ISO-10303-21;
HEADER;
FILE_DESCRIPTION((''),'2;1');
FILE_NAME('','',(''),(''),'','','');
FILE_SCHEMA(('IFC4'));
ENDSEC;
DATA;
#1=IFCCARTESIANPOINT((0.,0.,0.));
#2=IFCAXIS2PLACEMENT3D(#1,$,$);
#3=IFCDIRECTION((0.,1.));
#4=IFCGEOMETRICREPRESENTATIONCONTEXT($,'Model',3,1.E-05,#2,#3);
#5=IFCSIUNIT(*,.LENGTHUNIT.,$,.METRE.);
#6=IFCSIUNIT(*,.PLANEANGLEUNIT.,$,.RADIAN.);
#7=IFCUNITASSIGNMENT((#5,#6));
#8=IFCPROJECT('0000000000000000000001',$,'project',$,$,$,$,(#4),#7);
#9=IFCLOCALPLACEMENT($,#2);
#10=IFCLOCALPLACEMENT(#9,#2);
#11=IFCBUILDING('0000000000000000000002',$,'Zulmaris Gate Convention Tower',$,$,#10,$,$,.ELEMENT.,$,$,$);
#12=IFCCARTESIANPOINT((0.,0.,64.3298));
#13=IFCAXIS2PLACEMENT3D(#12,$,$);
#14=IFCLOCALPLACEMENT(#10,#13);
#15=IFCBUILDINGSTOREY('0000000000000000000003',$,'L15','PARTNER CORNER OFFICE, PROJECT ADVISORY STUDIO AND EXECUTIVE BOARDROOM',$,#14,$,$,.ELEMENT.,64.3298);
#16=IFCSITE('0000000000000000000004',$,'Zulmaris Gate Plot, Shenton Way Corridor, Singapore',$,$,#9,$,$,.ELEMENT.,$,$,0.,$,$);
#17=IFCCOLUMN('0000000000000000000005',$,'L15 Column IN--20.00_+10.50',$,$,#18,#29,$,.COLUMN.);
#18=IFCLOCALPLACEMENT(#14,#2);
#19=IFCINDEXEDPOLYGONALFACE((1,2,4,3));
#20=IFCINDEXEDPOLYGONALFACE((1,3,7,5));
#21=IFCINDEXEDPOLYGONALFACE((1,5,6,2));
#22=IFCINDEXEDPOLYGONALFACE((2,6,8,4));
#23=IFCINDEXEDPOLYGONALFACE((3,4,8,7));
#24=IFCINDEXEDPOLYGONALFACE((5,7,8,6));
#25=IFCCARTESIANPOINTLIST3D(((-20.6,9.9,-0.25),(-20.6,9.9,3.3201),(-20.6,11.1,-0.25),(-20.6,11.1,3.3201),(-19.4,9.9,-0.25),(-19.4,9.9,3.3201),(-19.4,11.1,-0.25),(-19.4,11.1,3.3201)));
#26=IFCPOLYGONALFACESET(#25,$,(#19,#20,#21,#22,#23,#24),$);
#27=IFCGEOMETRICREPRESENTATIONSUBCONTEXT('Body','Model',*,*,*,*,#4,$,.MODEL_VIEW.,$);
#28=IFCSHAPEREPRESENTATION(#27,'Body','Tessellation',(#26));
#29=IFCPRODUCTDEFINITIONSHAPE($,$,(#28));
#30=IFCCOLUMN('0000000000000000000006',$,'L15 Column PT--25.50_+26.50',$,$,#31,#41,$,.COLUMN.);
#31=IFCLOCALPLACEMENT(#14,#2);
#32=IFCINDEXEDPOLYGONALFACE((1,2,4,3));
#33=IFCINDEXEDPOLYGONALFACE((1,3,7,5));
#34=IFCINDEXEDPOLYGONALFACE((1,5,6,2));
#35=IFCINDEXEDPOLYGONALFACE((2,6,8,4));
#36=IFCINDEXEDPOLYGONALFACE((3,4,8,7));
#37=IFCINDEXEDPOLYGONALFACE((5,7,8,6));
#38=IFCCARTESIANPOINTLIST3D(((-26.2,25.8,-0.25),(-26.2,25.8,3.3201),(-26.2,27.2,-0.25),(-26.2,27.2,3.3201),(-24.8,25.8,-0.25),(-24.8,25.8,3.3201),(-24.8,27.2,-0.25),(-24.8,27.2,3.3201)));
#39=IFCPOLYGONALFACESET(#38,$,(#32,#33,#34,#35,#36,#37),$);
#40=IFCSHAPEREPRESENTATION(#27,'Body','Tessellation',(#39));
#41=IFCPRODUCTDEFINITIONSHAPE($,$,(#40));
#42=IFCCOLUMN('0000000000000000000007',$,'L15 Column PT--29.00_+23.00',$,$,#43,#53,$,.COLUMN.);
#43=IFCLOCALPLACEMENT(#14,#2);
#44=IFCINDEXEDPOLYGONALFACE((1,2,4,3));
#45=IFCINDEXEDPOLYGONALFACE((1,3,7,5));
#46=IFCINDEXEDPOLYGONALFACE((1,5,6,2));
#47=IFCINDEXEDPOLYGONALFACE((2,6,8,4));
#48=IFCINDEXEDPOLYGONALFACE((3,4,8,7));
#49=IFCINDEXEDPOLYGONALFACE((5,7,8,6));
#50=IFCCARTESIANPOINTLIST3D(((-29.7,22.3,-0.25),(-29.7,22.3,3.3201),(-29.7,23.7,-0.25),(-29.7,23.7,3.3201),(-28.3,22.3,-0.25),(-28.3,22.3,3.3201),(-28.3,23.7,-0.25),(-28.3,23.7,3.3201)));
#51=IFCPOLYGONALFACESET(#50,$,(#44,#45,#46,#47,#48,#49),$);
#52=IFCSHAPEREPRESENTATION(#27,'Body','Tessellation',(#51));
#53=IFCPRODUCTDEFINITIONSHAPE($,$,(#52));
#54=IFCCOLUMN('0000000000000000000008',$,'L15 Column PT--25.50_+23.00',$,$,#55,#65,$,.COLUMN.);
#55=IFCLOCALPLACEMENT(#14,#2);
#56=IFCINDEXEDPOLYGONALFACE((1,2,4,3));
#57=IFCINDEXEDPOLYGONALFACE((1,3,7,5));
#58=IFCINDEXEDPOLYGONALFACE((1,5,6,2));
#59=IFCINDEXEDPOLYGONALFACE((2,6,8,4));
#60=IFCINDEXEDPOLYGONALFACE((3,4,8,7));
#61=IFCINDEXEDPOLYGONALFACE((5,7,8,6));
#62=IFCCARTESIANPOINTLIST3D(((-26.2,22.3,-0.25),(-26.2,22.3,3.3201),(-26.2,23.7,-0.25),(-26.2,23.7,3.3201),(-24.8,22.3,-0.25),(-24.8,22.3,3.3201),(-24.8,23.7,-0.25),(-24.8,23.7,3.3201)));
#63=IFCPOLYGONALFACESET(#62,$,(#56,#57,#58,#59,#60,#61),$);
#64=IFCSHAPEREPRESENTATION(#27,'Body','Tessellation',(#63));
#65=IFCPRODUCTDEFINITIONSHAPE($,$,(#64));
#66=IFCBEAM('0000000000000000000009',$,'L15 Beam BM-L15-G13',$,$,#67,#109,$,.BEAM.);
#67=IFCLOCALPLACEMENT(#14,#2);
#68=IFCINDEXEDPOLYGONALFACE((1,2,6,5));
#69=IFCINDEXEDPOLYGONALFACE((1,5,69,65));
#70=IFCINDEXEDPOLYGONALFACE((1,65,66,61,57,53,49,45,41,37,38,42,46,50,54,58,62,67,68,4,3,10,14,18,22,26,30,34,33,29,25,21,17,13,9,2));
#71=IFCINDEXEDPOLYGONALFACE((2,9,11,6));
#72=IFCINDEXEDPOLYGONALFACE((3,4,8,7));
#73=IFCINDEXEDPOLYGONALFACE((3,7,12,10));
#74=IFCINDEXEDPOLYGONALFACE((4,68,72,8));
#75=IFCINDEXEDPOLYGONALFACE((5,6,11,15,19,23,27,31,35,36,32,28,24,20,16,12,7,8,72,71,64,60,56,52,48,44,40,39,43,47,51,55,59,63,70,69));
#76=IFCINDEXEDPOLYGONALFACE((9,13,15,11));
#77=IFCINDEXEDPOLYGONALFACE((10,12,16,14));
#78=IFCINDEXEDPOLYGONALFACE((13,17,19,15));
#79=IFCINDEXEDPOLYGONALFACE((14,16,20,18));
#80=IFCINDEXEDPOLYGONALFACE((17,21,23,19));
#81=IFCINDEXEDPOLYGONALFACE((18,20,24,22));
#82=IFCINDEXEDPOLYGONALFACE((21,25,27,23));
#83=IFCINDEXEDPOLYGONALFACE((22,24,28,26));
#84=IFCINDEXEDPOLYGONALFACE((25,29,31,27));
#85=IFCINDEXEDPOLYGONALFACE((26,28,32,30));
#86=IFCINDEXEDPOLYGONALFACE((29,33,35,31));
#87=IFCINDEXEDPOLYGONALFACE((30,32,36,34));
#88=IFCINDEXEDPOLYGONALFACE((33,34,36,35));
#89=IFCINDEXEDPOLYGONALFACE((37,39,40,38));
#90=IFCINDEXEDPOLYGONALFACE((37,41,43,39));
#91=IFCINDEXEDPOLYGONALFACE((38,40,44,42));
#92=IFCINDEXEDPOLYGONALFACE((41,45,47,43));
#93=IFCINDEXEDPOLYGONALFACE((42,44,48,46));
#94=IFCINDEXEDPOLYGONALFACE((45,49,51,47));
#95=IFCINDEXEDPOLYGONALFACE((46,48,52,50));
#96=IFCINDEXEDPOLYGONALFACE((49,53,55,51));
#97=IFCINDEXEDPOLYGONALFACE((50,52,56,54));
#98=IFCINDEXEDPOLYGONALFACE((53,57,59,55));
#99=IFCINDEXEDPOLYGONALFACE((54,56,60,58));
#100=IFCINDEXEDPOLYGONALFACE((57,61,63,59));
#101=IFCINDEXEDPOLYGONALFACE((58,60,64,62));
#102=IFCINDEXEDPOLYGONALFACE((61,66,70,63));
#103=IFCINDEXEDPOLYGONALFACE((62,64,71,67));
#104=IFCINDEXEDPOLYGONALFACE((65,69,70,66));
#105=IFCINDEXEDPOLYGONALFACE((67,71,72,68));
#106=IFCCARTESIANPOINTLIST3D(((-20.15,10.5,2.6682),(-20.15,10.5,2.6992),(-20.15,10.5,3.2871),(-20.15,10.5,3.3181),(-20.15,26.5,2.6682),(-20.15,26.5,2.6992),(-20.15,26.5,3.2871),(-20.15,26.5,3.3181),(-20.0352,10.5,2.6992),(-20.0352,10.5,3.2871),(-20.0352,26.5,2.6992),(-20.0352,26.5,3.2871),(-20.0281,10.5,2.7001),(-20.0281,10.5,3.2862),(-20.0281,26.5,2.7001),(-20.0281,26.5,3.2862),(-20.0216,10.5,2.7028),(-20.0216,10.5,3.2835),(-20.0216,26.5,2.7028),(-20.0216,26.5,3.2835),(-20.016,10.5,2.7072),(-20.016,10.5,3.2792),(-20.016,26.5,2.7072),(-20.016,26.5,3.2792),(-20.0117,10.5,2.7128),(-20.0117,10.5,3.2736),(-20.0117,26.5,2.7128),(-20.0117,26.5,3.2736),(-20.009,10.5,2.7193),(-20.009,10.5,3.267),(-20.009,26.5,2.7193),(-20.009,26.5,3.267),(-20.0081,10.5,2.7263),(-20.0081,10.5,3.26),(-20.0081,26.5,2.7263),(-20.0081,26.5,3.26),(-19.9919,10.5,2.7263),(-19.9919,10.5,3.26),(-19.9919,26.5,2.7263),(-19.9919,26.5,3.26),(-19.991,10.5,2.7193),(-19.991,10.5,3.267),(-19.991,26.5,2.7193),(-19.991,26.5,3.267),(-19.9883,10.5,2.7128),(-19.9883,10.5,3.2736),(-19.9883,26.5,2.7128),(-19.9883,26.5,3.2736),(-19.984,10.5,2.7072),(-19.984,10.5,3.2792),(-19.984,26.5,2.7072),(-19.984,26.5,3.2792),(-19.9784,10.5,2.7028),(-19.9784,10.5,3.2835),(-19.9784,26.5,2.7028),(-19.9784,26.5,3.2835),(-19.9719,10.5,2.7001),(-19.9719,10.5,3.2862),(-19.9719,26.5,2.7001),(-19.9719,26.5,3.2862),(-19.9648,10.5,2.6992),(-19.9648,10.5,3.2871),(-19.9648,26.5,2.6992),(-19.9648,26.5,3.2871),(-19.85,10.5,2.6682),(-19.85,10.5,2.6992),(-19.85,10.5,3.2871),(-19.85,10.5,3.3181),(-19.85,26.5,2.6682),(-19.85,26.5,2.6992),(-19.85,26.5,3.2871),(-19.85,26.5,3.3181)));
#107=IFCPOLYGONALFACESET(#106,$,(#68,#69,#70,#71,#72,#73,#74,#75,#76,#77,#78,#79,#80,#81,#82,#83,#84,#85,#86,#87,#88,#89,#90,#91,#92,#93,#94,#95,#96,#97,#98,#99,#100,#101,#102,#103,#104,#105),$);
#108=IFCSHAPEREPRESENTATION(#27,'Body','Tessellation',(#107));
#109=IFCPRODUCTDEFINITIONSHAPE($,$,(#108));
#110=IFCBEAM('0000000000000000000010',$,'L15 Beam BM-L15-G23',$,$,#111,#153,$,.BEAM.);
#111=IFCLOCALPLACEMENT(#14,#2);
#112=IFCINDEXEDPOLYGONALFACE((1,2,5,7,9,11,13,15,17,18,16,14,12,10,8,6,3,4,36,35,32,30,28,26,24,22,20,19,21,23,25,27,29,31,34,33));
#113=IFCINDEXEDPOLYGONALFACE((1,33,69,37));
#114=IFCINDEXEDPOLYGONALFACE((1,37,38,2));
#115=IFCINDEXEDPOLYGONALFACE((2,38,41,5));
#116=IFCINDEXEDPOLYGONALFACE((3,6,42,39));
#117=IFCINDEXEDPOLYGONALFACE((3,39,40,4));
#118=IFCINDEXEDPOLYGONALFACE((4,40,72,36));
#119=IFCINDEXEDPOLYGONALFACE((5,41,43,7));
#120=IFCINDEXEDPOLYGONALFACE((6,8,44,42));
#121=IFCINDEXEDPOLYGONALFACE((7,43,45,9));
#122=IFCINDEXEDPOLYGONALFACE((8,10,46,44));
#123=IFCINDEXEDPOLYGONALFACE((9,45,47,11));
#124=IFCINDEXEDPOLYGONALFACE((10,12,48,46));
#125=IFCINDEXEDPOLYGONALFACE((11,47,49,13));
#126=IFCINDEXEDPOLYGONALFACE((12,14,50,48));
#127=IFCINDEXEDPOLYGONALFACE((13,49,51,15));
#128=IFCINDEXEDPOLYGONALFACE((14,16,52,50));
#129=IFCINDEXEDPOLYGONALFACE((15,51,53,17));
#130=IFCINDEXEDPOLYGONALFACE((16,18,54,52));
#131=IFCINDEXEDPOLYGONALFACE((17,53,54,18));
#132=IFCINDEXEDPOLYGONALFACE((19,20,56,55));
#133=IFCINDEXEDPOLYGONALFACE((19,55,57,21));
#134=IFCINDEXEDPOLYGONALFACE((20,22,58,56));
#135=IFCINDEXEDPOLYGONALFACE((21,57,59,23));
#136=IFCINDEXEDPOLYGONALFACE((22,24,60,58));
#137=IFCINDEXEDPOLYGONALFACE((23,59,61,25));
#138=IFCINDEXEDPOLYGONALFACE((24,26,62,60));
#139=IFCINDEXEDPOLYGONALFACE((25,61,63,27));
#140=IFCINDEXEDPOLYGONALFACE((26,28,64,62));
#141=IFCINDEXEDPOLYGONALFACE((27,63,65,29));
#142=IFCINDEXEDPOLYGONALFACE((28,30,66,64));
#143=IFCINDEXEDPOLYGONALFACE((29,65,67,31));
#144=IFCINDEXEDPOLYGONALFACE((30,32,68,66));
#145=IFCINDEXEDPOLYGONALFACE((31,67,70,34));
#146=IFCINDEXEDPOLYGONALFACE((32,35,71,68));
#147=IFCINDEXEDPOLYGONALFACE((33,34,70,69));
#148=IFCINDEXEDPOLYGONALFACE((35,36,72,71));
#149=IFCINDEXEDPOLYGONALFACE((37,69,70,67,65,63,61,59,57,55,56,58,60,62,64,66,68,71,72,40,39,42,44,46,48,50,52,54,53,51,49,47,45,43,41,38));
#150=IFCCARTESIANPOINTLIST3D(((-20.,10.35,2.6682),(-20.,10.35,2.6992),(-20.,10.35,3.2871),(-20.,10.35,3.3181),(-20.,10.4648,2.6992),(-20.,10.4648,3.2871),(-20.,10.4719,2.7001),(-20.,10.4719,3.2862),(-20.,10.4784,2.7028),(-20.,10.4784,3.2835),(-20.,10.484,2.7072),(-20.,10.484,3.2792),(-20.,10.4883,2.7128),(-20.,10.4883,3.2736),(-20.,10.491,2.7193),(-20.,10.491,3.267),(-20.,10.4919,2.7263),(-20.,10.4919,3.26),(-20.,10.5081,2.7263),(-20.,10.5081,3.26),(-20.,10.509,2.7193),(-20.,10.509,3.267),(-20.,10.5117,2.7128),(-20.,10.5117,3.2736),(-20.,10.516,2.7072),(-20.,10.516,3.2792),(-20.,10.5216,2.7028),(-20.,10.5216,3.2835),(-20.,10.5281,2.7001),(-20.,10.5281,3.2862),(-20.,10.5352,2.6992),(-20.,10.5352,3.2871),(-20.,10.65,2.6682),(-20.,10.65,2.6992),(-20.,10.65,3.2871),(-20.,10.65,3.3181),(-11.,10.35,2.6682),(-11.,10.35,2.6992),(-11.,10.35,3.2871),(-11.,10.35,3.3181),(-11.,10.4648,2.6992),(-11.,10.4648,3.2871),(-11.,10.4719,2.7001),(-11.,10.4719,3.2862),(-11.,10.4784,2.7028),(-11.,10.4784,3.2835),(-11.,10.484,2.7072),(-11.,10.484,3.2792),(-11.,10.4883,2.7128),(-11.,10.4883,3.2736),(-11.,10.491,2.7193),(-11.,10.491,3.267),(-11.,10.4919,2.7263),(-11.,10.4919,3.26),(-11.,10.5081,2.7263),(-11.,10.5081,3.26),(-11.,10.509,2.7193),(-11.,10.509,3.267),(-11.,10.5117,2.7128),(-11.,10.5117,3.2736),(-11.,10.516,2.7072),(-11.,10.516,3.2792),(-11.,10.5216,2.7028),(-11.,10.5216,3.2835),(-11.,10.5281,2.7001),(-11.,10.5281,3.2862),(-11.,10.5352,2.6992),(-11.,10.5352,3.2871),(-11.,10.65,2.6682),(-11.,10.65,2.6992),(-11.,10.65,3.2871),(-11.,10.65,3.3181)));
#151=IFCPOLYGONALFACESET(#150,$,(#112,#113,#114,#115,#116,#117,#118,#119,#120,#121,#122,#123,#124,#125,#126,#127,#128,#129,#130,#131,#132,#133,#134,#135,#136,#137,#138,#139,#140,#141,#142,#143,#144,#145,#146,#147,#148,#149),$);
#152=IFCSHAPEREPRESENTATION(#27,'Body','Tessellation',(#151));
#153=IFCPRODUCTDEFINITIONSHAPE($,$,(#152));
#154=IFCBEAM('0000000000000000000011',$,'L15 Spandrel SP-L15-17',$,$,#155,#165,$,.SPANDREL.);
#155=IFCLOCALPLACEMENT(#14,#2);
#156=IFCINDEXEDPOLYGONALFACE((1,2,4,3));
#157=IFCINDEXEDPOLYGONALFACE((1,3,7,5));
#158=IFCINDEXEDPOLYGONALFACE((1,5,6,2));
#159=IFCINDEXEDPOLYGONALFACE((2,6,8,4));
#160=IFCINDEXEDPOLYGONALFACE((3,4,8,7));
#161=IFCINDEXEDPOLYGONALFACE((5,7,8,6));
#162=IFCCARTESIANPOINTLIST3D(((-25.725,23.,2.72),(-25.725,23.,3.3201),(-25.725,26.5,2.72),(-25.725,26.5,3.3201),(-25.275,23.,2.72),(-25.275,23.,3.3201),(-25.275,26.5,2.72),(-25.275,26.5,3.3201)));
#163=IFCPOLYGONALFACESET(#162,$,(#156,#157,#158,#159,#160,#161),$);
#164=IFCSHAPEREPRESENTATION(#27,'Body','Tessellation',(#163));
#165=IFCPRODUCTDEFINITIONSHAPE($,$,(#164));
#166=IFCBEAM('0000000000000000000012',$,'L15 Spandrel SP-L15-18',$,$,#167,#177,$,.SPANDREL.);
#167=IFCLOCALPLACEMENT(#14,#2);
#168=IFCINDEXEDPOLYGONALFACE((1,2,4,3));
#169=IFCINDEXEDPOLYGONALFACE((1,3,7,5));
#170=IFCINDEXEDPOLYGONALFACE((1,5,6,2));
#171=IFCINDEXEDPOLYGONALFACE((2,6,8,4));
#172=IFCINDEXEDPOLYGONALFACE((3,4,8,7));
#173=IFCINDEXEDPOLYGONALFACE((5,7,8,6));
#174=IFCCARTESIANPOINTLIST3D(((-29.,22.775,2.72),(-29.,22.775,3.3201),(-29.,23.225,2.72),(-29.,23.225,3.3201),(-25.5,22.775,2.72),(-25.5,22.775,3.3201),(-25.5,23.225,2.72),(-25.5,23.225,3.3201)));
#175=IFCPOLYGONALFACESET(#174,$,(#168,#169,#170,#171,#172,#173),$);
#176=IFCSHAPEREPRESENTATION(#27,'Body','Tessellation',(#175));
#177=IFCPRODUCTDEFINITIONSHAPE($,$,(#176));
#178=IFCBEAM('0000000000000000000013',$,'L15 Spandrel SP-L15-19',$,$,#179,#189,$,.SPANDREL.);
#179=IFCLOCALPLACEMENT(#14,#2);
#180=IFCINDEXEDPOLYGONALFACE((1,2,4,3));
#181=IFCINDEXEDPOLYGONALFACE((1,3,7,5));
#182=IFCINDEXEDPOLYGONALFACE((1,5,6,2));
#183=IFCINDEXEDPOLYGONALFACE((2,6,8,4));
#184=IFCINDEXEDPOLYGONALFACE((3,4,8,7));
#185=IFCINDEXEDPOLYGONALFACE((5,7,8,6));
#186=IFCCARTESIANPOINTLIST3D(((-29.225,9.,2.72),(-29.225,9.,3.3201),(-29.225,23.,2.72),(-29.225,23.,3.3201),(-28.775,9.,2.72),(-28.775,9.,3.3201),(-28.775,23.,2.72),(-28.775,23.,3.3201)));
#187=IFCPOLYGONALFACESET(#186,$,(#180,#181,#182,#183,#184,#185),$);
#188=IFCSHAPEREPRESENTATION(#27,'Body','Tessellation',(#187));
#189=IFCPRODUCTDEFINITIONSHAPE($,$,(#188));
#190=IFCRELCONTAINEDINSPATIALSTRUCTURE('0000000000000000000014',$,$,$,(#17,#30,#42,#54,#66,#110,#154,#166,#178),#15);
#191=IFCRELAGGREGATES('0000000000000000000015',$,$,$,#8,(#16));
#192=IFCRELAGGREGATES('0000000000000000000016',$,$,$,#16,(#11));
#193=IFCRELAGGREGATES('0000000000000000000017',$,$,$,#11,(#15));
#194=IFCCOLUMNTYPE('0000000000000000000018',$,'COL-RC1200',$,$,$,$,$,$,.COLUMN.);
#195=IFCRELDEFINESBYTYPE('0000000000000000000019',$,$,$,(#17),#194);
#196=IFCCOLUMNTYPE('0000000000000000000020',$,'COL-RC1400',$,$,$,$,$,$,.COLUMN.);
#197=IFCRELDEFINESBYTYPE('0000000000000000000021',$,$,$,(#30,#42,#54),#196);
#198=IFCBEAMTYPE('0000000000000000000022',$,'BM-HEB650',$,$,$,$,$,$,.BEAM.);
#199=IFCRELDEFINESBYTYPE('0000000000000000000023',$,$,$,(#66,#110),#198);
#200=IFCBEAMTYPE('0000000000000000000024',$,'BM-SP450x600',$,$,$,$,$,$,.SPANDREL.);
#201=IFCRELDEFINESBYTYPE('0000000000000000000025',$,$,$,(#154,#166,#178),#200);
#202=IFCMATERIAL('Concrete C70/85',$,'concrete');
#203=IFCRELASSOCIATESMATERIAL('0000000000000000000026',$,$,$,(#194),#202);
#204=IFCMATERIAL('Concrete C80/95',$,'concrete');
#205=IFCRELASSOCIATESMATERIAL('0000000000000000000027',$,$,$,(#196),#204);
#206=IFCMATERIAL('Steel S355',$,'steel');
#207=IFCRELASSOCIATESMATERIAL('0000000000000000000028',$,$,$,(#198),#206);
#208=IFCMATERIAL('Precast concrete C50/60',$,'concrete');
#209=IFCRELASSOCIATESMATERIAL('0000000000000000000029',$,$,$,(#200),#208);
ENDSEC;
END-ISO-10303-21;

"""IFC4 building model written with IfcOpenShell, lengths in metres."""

from ifc_helpers import new_model, si_unit, direction, frame, origin, origin_2d, place, context, subcontext, project, spatial, rectangle, i_section, extrude, material, material_profile, profile_set, type_object, element, save


model = new_model("IFC4")

# Units and contexts
model_context = context("Model", 3, precision=1e-05, world=origin(), true_north=direction((0.0, 1.0)))
body_context = subcontext(model_context, "Body", "Model", "MODEL_VIEW")
ifc_project = project(units=[si_unit("LENGTHUNIT", "METRE"), si_unit("PLANEANGLEUNIT", "RADIAN")], contexts=[model_context])

# Site, building, storey
site_placement = place(None, origin())
site = spatial("IfcSite", under=ifc_project, at=site_placement, Name="Zulmaris Gate Plot, Shenton Way Corridor, Singapore", CompositionType="ELEMENT", RefElevation=0.0)
building_placement = place(site_placement, origin())
building = spatial("IfcBuilding", under=site, at=building_placement, Name="Zulmaris Gate Convention Tower", CompositionType="ELEMENT")
storey_placement = place(building_placement, frame((0.0, 0.0, 64.3298)))
storey = spatial("IfcBuildingStorey", under=building, at=storey_placement, Name="L15", Description="PARTNER CORNER OFFICE, PROJECT ADVISORY STUDIO AND EXECUTIVE BOARDROOM", CompositionType="ELEMENT", Elevation=64.3298)

# Columns
ifc_material_1 = material(Name="Concrete C70/85", Category="concrete")
ifc_material_profile_1 = material_profile(ifc_material_1, rectangle(XDim=1.2, YDim=1.2, at=origin_2d()), Name="RC COL 1200x1200")
ifc_profile_set_1 = profile_set([ifc_material_profile_1], Name="Concrete C70/85")
column_type_1 = type_object("IfcColumnType", Name="COL-RC1200", PredefinedType="COLUMN", material=ifc_profile_set_1)
column_placement = place(storey_placement, frame((-20.0, 10.5, -0.25), z_axis=(0.0, 0.0, 1.0), x_axis=(1.0, 0.0, 0.0)))
element("IfcColumn", 1, at=column_placement, inside=storey, type_object=column_type_1, Name="L15 Column IN--20.00_+10.50", PredefinedType="COLUMN", context=body_context, shape_type="SweptSolid", body=[
    extrude(rectangle(XDim=1.2, YDim=1.2, at=origin_2d()), origin(), (0.0, 0.0, 1.0), 3.5701),
])
ifc_material_2 = material(Name="Concrete C80/95", Category="concrete")
ifc_material_profile_2 = material_profile(ifc_material_2, rectangle(XDim=1.3999, YDim=1.3999, at=origin_2d()), Name="RC COL 1400x1400")
ifc_profile_set_2 = profile_set([ifc_material_profile_2], Name="Concrete C80/95")
column_type_2 = type_object("IfcColumnType", Name="COL-RC1400", PredefinedType="COLUMN", material=ifc_profile_set_2)
for number, where, z_axis, x_axis, name in (
    (2, (-25.5, 26.5, -0.25), (0.0, 0.0, 1.0), (1.0, 0.0, 0.0), "L15 Column PT--25.50_+26.50"),
    (3, (-29.0, 23.0, -0.25), (0.0, 0.0, 1.0), (1.0, 0.0, 0.0), "L15 Column PT--29.00_+23.00"),
    (4, (-25.5, 23.0, -0.25), (0.0, 0.0, 1.0), (1.0, 0.0, 0.0), "L15 Column PT--25.50_+23.00"),
):
    element("IfcColumn", number, at=place(storey_placement, frame(where, z_axis=z_axis, x_axis=x_axis)), inside=storey, type_object=column_type_2, Name=name, PredefinedType="COLUMN", context=body_context, shape_type="SweptSolid", body=[
        extrude(rectangle(XDim=1.3999, YDim=1.3999, at=origin_2d()), origin(), (0.0, 0.0, 1.0), 3.5701),
    ])

# Beams
ifc_material_3 = material(Name="Steel S355", Category="steel")
ifc_material_profile_3 = material_profile(ifc_material_3, i_section(OverallWidth=0.3, OverallDepth=0.6499, WebThickness=0.0161, FlangeThickness=0.031, FilletRadius=0.0271, at=origin_2d()), Name="HEB 650")
ifc_profile_set_3 = profile_set([ifc_material_profile_3], Name="Steel S355")
beam_type_1 = type_object("IfcBeamType", Name="BM-HEB650", PredefinedType="BEAM", material=ifc_profile_set_3)
beam_1_placement = place(storey_placement, frame((-20.0, 10.5, 2.9932), z_axis=(0.0, 1.0, 0.0), x_axis=(-1.0, 0.0, 0.0)))
element("IfcBeam", 5, at=beam_1_placement, inside=storey, type_object=beam_type_1, Name="L15 Beam BM-L15-G13", PredefinedType="BEAM", context=body_context, shape_type="SweptSolid", body=[
    extrude(i_section(OverallWidth=0.3, OverallDepth=0.6499, WebThickness=0.0161, FlangeThickness=0.031, FilletRadius=0.0271, at=origin_2d()), origin(), (0.0, 0.0, 1.0), 16.0),
])
beam_2_placement = place(storey_placement, frame((-20.0, 10.5, 2.9932), z_axis=(1.0, 0.0, 0.0), x_axis=(0.0, 1.0, 0.0)))
element("IfcBeam", 6, at=beam_2_placement, inside=storey, type_object=beam_type_1, Name="L15 Beam BM-L15-G23", PredefinedType="BEAM", context=body_context, shape_type="SweptSolid", body=[
    extrude(i_section(OverallWidth=0.3, OverallDepth=0.6499, WebThickness=0.0161, FlangeThickness=0.031, FilletRadius=0.0271, at=origin_2d()), origin(), (0.0, 0.0, 1.0), 9.0),
])
ifc_material_4 = material(Name="Precast concrete C50/60", Category="concrete")
ifc_material_profile_4 = material_profile(ifc_material_4, rectangle(XDim=0.45, YDim=0.6001, at=origin_2d()), Name="RC SPANDREL 450x600")
ifc_profile_set_4 = profile_set([ifc_material_profile_4], Name="Precast concrete C50/60")
beam_type_2 = type_object("IfcBeamType", Name="BM-SP450x600", PredefinedType="SPANDREL", material=ifc_profile_set_4)
for number, where, z_axis, x_axis, name in (
    (7, (-25.5, 26.5, 3.02), (0.0, -1.0, 0.0), (1.0, 0.0, 0.0), "L15 Spandrel SP-L15-17"),
    (8, (-25.5, 23.0, 3.02), (-1.0, 0.0, 0.0), (0.0, -1.0, 0.0), "L15 Spandrel SP-L15-18"),
):
    element("IfcBeam", number, at=place(storey_placement, frame(where, z_axis=z_axis, x_axis=x_axis)), inside=storey, type_object=beam_type_2, Name=name, PredefinedType="SPANDREL", context=body_context, shape_type="SweptSolid", body=[
        extrude(rectangle(XDim=0.45, YDim=0.6001, at=origin_2d()), origin(), (0.0, 0.0, 1.0), 3.5),
    ])
beam_3_placement = place(storey_placement, frame((-29.0, 23.0, 3.02), z_axis=(0.0, -1.0, 0.0), x_axis=(1.0, 0.0, 0.0)))
element("IfcBeam", 9, at=beam_3_placement, inside=storey, type_object=beam_type_2, Name="L15 Spandrel SP-L15-19", PredefinedType="SPANDREL", context=body_context, shape_type="SweptSolid", body=[
    extrude(rectangle(XDim=0.45, YDim=0.6001, at=origin_2d()), origin(), (0.0, 0.0, 1.0), 14.0),
])

save(model, "model.ifc")
